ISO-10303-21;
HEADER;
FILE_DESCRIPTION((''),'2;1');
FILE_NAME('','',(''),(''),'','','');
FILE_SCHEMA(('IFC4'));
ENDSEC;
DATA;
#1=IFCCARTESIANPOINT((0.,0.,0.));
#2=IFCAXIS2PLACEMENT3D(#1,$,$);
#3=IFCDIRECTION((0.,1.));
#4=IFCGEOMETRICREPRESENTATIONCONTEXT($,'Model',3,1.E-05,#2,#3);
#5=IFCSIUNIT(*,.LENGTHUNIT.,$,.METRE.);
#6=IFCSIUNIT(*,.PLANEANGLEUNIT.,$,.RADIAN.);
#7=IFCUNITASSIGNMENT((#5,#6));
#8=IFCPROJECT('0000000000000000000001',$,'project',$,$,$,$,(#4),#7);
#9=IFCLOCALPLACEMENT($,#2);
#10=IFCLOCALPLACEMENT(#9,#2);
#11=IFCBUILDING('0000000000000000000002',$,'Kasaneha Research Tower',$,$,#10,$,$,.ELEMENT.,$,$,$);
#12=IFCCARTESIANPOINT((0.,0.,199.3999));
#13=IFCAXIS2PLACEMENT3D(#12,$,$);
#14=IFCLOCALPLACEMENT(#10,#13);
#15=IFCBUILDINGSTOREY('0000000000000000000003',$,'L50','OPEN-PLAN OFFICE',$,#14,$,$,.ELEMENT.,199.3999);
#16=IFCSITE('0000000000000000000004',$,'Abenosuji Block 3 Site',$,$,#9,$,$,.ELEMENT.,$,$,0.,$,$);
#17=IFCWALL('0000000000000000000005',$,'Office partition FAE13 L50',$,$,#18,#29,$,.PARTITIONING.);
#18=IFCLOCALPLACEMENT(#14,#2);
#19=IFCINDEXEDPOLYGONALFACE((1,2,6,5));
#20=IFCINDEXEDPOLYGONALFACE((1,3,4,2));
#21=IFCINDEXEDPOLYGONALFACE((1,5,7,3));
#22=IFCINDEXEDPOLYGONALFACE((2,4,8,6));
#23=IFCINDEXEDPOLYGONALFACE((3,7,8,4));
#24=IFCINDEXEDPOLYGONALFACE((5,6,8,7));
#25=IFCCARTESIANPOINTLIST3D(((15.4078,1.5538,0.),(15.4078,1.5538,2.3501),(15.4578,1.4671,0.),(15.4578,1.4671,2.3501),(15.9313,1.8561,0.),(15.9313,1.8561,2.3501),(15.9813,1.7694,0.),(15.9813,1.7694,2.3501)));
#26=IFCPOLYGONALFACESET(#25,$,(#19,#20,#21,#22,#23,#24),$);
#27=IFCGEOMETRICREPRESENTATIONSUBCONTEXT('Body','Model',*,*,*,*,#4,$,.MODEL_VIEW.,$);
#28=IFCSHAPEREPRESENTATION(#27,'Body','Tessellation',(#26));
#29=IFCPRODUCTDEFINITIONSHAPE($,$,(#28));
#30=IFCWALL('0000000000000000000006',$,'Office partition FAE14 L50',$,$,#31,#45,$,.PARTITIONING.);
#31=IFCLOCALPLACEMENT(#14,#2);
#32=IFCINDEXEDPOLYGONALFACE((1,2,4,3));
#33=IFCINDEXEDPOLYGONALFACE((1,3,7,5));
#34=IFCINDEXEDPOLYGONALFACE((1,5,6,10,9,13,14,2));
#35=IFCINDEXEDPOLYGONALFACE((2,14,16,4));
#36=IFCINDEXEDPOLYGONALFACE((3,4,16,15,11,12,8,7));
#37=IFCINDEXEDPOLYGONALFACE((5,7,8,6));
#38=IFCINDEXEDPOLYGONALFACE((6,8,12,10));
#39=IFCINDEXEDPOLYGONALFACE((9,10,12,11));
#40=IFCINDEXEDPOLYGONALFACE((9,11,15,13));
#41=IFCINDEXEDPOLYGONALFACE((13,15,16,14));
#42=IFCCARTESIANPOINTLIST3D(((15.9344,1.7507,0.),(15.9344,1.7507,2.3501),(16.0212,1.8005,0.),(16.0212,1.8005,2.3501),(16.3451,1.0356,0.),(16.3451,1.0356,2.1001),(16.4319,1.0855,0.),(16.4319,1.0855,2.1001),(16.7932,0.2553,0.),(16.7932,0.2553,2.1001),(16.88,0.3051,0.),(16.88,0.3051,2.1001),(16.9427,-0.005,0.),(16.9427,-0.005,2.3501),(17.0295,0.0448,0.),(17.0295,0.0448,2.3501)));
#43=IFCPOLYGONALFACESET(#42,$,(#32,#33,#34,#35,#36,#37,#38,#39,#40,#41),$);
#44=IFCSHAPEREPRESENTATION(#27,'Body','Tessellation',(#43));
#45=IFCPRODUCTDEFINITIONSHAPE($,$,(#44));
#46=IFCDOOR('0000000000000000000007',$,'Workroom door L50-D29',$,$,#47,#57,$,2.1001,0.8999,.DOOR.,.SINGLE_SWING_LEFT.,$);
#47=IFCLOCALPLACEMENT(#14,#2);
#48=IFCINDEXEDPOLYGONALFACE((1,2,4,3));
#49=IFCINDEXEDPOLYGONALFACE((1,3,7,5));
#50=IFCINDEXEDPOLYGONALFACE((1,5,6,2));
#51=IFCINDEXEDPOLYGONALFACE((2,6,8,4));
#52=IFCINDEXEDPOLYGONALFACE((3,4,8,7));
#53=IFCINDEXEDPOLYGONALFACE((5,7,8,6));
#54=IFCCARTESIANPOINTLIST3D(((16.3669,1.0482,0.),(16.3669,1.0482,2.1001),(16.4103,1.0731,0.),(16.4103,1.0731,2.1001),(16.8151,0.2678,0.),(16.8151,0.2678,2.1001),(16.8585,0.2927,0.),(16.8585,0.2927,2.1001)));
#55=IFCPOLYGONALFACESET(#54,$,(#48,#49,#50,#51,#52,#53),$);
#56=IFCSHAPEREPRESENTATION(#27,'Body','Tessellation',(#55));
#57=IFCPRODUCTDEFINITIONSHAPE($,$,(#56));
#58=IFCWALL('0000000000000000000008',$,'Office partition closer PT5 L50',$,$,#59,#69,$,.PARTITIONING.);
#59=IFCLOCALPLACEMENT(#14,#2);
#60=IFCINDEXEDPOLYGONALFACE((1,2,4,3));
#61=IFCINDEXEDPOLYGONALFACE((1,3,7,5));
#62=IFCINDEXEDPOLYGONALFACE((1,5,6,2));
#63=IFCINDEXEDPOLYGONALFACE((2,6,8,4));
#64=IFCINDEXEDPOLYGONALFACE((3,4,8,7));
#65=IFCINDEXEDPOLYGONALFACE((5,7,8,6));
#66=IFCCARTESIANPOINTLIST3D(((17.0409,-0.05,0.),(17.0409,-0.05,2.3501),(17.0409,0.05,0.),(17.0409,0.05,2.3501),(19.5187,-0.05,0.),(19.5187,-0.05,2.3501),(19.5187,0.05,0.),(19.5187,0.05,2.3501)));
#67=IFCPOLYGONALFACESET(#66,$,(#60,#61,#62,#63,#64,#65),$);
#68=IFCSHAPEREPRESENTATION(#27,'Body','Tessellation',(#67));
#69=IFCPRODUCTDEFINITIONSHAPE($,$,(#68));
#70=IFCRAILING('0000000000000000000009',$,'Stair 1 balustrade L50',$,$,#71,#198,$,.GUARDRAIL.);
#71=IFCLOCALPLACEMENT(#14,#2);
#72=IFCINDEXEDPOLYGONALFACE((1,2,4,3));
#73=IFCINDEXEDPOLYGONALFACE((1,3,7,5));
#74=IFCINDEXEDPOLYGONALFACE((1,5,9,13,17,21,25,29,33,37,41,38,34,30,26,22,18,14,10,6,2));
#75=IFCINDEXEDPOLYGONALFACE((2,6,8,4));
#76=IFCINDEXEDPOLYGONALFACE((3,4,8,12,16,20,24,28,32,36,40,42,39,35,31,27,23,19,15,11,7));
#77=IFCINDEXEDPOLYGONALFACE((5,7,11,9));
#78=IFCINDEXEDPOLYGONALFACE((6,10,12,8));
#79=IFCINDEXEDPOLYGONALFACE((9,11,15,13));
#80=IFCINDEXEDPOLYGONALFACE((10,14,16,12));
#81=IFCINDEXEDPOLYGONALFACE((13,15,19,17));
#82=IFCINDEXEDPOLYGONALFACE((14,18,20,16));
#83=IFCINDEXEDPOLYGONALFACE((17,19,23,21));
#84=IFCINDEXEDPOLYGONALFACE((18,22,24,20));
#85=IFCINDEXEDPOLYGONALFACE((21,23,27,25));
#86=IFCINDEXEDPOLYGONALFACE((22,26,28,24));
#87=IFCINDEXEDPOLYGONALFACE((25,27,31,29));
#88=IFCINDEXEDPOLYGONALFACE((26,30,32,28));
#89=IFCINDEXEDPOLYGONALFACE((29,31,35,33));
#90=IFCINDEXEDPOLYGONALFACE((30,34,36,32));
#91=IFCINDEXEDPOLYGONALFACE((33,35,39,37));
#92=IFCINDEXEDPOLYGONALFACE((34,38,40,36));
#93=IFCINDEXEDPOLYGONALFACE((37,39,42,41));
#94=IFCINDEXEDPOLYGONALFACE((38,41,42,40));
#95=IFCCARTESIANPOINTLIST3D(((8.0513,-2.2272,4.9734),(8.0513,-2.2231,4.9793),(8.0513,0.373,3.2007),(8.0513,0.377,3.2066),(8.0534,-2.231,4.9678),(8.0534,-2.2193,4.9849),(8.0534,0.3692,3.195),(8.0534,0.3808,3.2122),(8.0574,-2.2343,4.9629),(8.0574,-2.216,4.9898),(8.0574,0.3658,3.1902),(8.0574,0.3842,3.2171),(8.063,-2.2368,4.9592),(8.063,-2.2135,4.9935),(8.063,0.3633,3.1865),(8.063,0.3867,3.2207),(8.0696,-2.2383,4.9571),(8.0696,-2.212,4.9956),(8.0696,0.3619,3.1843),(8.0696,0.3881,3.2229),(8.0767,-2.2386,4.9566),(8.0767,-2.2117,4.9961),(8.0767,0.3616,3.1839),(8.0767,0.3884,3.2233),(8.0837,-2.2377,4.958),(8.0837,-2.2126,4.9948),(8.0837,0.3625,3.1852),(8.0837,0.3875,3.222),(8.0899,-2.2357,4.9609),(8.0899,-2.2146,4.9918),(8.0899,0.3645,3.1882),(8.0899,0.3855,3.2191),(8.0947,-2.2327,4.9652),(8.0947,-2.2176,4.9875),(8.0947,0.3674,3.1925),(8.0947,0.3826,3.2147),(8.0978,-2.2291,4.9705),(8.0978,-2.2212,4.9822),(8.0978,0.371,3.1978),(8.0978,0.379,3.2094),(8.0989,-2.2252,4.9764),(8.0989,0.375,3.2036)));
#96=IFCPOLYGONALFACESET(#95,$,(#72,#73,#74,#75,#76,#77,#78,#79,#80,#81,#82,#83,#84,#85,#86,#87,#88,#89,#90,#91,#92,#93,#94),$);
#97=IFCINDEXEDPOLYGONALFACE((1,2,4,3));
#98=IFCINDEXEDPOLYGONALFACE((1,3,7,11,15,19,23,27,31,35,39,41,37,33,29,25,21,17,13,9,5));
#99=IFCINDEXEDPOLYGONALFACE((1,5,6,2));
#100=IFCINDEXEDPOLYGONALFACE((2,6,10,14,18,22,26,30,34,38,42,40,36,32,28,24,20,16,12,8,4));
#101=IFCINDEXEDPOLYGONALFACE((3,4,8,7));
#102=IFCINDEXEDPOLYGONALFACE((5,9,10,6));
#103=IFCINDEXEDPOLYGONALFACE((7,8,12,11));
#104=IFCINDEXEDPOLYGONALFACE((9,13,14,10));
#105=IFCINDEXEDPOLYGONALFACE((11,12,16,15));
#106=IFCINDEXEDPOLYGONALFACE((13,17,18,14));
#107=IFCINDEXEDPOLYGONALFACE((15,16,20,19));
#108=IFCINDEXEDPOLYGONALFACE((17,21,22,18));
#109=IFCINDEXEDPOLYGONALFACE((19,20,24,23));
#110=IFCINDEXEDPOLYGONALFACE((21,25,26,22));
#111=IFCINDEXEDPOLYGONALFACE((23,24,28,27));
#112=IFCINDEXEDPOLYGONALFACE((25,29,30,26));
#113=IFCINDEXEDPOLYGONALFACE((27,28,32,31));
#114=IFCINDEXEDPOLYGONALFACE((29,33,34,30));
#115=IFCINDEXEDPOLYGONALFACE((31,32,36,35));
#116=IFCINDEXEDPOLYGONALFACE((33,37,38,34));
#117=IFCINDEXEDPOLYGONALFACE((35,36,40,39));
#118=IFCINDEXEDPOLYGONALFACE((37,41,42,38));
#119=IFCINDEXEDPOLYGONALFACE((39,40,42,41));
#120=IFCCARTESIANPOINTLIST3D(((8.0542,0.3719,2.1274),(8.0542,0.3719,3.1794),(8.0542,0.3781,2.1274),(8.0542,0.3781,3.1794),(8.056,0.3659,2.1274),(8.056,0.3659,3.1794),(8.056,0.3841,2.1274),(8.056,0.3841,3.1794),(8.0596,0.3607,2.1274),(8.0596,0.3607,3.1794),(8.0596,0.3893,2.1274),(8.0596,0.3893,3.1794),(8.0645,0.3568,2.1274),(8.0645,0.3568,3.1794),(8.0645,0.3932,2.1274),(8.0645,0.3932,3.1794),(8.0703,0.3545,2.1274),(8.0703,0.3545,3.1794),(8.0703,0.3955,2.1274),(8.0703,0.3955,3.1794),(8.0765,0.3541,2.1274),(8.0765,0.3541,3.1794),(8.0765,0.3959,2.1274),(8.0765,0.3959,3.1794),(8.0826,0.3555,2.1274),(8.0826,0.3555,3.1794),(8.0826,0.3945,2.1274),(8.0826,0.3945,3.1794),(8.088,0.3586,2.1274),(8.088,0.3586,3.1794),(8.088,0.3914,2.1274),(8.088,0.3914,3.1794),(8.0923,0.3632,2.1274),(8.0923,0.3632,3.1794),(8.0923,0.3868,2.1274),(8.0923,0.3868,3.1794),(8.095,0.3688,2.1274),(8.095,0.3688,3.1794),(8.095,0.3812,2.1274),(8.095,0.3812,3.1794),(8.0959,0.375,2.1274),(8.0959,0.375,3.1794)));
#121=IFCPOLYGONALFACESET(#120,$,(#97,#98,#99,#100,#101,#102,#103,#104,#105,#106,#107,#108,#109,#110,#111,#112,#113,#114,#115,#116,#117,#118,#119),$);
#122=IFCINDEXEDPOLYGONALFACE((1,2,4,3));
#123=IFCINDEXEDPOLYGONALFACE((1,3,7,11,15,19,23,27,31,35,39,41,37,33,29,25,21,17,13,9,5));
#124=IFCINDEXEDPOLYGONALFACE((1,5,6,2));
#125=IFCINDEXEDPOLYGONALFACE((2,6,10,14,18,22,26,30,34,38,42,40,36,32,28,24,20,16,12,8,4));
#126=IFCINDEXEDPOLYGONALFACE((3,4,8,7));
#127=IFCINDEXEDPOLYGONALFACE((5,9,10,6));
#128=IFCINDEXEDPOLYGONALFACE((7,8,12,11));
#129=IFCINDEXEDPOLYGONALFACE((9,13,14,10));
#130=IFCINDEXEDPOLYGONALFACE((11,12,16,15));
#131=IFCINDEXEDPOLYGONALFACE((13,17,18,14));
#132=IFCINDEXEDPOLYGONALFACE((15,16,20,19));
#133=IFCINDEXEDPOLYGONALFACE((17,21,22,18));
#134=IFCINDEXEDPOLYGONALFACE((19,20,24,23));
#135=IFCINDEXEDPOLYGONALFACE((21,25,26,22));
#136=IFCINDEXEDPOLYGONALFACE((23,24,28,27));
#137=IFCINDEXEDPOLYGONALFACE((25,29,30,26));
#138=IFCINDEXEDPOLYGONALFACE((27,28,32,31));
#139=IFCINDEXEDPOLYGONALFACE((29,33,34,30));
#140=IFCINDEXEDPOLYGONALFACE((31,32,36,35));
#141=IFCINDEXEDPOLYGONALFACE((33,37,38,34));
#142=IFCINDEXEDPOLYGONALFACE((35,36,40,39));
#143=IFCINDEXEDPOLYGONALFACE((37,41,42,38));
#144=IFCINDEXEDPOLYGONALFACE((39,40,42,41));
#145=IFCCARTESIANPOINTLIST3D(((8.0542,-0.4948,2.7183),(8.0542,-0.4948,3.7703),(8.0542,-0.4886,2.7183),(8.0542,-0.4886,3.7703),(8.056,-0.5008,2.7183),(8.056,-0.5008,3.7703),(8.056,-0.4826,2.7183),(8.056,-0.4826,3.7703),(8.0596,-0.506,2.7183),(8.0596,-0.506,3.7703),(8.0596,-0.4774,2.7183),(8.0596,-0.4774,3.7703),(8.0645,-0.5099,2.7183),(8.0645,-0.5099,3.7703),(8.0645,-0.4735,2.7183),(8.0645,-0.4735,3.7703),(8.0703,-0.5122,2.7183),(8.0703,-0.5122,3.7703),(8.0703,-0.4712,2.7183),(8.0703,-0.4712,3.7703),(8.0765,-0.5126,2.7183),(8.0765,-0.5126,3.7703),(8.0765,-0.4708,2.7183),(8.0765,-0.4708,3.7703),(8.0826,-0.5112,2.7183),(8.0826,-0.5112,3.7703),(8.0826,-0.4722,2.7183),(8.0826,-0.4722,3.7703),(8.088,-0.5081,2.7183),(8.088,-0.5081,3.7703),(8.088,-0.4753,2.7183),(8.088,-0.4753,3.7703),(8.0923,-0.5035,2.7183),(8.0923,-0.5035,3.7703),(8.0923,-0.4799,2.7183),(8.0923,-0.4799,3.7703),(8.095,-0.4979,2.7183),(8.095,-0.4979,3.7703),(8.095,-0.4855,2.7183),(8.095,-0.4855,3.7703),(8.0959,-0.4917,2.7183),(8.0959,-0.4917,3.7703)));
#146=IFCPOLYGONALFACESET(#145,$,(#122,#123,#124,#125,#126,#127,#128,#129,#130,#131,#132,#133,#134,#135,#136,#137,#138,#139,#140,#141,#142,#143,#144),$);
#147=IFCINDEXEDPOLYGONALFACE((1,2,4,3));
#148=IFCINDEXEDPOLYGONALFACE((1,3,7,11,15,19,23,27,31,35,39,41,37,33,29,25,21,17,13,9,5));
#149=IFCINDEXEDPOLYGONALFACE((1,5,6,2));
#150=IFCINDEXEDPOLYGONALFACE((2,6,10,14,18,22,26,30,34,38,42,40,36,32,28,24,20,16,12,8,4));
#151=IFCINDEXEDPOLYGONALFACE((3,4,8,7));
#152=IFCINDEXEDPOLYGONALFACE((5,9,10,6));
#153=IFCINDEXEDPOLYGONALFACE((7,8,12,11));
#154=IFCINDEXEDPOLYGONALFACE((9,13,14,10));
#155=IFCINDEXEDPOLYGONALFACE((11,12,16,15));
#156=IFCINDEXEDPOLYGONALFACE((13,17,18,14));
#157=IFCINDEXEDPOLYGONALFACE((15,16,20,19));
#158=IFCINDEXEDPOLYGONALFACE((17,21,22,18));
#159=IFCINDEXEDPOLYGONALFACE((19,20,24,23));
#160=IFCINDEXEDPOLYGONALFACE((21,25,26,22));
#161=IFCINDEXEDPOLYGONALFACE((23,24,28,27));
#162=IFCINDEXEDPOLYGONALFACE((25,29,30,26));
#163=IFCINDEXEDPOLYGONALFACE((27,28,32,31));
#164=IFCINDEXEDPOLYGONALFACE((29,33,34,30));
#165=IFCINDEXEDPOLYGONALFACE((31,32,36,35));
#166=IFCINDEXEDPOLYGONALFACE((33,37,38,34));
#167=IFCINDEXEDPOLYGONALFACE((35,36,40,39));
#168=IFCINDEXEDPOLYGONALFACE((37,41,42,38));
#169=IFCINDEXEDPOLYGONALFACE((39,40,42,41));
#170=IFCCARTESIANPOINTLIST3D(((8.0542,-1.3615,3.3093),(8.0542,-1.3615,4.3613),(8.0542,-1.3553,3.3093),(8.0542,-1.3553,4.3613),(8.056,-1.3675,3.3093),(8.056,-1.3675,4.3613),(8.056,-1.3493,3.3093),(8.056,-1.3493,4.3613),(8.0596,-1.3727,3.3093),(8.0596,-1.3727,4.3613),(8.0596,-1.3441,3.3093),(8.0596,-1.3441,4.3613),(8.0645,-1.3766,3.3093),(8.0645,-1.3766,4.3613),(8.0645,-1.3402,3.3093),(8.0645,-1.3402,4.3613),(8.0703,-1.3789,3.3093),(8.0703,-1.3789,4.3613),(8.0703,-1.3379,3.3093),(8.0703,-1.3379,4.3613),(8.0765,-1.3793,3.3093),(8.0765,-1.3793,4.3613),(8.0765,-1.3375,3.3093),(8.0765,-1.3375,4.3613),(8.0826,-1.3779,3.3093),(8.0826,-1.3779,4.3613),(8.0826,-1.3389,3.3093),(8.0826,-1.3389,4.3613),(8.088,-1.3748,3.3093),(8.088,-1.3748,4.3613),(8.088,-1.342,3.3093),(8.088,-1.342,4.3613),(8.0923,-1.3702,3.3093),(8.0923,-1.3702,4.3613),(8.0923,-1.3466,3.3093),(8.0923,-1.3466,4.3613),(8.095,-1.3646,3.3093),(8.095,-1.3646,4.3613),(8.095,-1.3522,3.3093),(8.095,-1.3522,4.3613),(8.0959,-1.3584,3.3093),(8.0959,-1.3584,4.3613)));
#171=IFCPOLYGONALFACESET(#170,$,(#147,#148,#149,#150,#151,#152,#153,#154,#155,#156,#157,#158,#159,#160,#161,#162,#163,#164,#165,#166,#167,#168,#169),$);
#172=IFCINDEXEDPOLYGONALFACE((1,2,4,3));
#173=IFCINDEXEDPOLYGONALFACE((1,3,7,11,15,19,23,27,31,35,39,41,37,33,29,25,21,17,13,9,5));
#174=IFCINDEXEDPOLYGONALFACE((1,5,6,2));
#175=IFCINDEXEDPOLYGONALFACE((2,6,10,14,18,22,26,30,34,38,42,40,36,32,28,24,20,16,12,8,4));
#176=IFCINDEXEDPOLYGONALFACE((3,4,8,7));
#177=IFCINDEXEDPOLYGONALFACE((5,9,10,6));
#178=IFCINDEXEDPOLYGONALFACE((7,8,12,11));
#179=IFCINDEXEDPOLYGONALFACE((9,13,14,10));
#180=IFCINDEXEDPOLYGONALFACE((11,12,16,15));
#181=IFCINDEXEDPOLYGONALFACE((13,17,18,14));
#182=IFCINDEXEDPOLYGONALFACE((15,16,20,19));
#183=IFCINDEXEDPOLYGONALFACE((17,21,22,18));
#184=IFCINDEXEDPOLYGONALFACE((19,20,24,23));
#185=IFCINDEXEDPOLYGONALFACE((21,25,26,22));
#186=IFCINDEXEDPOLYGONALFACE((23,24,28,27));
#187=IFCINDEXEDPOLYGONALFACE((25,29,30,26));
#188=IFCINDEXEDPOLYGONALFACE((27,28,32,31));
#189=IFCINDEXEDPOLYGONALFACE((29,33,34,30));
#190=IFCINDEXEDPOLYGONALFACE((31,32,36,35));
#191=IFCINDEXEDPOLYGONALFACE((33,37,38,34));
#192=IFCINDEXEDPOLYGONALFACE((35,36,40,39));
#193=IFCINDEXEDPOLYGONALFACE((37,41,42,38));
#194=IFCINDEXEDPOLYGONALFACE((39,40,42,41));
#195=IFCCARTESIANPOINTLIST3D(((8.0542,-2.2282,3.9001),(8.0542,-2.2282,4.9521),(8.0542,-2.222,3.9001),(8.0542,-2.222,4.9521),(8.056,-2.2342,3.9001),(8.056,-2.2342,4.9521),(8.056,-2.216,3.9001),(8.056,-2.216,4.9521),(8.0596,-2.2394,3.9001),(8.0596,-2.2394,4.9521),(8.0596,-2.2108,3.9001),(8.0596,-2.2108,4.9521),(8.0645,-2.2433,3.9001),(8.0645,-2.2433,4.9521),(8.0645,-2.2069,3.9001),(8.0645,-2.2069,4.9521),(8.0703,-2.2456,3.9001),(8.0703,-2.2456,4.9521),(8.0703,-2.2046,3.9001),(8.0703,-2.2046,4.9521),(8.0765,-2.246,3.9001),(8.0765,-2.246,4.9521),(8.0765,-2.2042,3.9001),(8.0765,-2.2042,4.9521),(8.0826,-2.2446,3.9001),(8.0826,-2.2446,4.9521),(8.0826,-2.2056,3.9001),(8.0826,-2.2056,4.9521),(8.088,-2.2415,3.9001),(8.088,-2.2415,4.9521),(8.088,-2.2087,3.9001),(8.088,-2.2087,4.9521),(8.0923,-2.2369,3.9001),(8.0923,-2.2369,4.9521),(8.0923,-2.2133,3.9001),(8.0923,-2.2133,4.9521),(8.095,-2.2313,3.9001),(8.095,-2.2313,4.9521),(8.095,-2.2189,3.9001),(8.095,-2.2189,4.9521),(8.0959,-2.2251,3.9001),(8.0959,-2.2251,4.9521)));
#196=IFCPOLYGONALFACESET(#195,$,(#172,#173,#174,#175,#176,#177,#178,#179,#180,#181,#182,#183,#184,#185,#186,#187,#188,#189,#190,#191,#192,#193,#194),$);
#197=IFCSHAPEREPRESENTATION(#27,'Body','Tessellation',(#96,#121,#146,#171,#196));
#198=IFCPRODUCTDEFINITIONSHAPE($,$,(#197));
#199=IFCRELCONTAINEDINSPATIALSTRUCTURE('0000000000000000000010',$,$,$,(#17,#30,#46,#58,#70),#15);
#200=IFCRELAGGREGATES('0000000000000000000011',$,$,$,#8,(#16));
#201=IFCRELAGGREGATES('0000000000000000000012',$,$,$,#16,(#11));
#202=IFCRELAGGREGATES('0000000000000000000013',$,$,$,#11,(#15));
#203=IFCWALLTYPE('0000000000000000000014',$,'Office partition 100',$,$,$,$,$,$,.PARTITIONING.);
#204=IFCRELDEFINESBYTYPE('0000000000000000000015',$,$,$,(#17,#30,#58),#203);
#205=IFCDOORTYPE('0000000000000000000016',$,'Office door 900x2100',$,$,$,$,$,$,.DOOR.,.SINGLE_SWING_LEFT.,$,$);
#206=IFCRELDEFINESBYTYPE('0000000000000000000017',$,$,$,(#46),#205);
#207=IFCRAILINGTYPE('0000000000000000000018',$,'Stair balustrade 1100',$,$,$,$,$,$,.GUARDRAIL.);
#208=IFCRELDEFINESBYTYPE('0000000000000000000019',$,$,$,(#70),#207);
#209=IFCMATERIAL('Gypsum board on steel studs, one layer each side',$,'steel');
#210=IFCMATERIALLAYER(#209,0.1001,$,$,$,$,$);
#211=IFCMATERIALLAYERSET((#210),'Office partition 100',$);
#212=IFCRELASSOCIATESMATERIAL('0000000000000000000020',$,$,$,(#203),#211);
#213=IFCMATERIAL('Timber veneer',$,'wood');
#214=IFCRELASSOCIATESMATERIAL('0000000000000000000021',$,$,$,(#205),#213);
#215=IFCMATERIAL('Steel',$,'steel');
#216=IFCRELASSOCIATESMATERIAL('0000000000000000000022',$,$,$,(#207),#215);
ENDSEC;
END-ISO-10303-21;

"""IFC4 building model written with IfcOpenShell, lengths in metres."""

from ifc_helpers import new_model, si_unit, direction, frame, frame_2d, origin, origin_2d, place, context, subcontext, project, spatial, rectangle, circle, extrude, material, layer, layer_set, type_object, element, fill, save


model = new_model("IFC4")

# Units and contexts
model_context = context("Model", 3, precision=1e-05, world=origin(), true_north=direction((0.0, 1.0)))
body_context = subcontext(model_context, "Body", "Model", "MODEL_VIEW")
ifc_project = project(units=[si_unit("LENGTHUNIT", "METRE"), si_unit("PLANEANGLEUNIT", "RADIAN")], contexts=[model_context])

# Site, building, storey
site_placement = place(None, origin())
site = spatial("IfcSite", under=ifc_project, at=site_placement, Name="Abenosuji Block 3 Site", CompositionType="ELEMENT", RefElevation=0.0)
building_placement = place(site_placement, origin())
building = spatial("IfcBuilding", under=site, at=building_placement, Name="Kasaneha Research Tower", CompositionType="ELEMENT")
storey_placement = place(building_placement, frame((0.0, 0.0, 199.3999)))
storey = spatial("IfcBuildingStorey", under=building, at=storey_placement, Name="L50", Description="OPEN-PLAN OFFICE", CompositionType="ELEMENT", Elevation=199.3999)

# Shared definitions
ifc_material_1 = material(Name="Gypsum board on steel studs, one layer each side", Category="steel")
ifc_layer_1 = layer(ifc_material_1, 0.1001)
ifc_layer_set_1 = layer_set([ifc_layer_1], Name="Office partition 100")
wall_type_1 = type_object("IfcWallType", Name="Office partition 100", PredefinedType="PARTITIONING", material=ifc_layer_set_1)

# Shared definitions
ifc_material_2 = material(Name="Timber veneer", Category="wood")
door_type_1 = type_object("IfcDoorType", Name="Office door 900x2100", OperationType="SINGLE_SWING_LEFT", PredefinedType="DOOR", material=ifc_material_2)

# Wall
wall_1_placement = place(storey_placement, frame((15.9563, 1.8127, 0.0), z_axis=(0.0, 0.0, 1.0), x_axis=(-0.865997, -0.500049, 0.0)))
element("IfcWall", 1, at=wall_1_placement, inside=storey, type_object=wall_type_1, Name="Office partition FAE13 L50", PredefinedType="PARTITIONING", context=body_context, shape_type="SweptSolid", body=[
    extrude(rectangle(XDim=0.6045, YDim=0.1001, at=frame_2d((0.3022, 0.0))), origin(), (0.0, 0.0, 1.0), 2.3501),
])

# Wall, opening, door
wall_2_placement = place(storey_placement, frame((16.9861, 0.02, 0.0), z_axis=(0.0, 0.0, 1.0), x_axis=(-0.498034, 0.867158, 0.0)))
wall_2 = element("IfcWall", 2, at=wall_2_placement, inside=storey, type_object=wall_type_1, Name="Office partition FAE14 L50", PredefinedType="PARTITIONING", context=body_context, shape_type="SweptSolid", body=[
    extrude(rectangle(XDim=2.0247, YDim=0.1001, at=frame_2d((1.0122, 0.0))), origin(), (0.0, 0.0, 1.0), 2.3501),
])
opening_1_placement = place(wall_2_placement, frame((0.3, 0.0, 0.0)))
opening_1 = element("IfcOpeningElement", 3, at=opening_1_placement, cuts=wall_2, PredefinedType="OPENING", context=body_context, shape_type="SweptSolid", body=[
    extrude(rectangle(XDim=0.8999, YDim=2.1001, at=frame_2d((0.45, 1.05))), frame((0.0, 0.0601, 0.0), z_axis=(0.0, -1.0, 0.0), x_axis=(1.0, 0.0, 0.0)), (0.0, 0.0, 1.0), 0.1201),
])
door_1_placement = place(opening_1_placement, origin())
door_1 = element("IfcDoor", 4, at=door_1_placement, inside=storey, type_object=door_type_1, Name="Workroom door L50-D29", OperationType="SINGLE_SWING_LEFT", OverallHeight=2.1001, OverallWidth=0.8999, PredefinedType="DOOR", context=body_context, shape_type="SweptSolid", body=[
    extrude(rectangle(XDim=0.8999, YDim=2.1001, at=frame_2d((0.45, 1.05))), frame((0.0, 0.0249, 0.0), z_axis=(0.0, -1.0, 0.0), x_axis=(1.0, 0.0, 0.0)), (0.0, 0.0, 1.0), 0.05),
])
fill(opening_1, door_1)

# Wall
wall_3_placement = place(storey_placement, frame((19.5186, 0.0, 0.0), z_axis=(0.0, 0.0, 1.0), x_axis=(-1.0, 0.0, 0.0)))
element("IfcWall", 5, at=wall_3_placement, inside=storey, type_object=wall_type_1, Name="Office partition closer PT5 L50", PredefinedType="PARTITIONING", context=body_context, shape_type="SweptSolid", body=[
    extrude(rectangle(XDim=2.4778, YDim=0.1001, at=frame_2d((1.2388, 0.0))), origin(), (0.0, 0.0, 1.0), 2.3501),
])

# Railing
ifc_material_3 = material(Name="Steel", Category="steel")
railing_type = type_object("IfcRailingType", Name="Stair balustrade 1100", PredefinedType="GUARDRAIL", material=ifc_material_3)
railing_placement = place(storey_placement, frame((8.075, 0.375, 2.1274)))
element("IfcRailing", 6, at=railing_placement, inside=storey, type_object=railing_type, Name="Stair 1 balustrade L50", PredefinedType="GUARDRAIL", context=body_context, shape_type="SweptSolid", body=[
    extrude(circle(Radius=0.0239, at=origin_2d()), frame((0.0, 0.0, 1.0762), z_axis=(0.0, -0.82624, 0.563318), x_axis=(1.0, 0.0, 0.0)), (0.0, 0.0, 1.0), 3.147),
    extrude(circle(Radius=0.021, at=origin_2d()), origin(), (0.0, 0.0, 1.0), 1.052),
    extrude(circle(Radius=0.021, at=origin_2d()), frame((0.0, -0.8667, 0.5908)), (0.0, 0.0, 1.0), 1.052),
    extrude(circle(Radius=0.021, at=origin_2d()), frame((0.0, -1.7334, 1.1819)), (0.0, 0.0, 1.0), 1.052),
    extrude(circle(Radius=0.021, at=origin_2d()), frame((0.0, -2.6001, 1.7727)), (0.0, 0.0, 1.0), 1.052),
])

save(model, "model.ifc")
